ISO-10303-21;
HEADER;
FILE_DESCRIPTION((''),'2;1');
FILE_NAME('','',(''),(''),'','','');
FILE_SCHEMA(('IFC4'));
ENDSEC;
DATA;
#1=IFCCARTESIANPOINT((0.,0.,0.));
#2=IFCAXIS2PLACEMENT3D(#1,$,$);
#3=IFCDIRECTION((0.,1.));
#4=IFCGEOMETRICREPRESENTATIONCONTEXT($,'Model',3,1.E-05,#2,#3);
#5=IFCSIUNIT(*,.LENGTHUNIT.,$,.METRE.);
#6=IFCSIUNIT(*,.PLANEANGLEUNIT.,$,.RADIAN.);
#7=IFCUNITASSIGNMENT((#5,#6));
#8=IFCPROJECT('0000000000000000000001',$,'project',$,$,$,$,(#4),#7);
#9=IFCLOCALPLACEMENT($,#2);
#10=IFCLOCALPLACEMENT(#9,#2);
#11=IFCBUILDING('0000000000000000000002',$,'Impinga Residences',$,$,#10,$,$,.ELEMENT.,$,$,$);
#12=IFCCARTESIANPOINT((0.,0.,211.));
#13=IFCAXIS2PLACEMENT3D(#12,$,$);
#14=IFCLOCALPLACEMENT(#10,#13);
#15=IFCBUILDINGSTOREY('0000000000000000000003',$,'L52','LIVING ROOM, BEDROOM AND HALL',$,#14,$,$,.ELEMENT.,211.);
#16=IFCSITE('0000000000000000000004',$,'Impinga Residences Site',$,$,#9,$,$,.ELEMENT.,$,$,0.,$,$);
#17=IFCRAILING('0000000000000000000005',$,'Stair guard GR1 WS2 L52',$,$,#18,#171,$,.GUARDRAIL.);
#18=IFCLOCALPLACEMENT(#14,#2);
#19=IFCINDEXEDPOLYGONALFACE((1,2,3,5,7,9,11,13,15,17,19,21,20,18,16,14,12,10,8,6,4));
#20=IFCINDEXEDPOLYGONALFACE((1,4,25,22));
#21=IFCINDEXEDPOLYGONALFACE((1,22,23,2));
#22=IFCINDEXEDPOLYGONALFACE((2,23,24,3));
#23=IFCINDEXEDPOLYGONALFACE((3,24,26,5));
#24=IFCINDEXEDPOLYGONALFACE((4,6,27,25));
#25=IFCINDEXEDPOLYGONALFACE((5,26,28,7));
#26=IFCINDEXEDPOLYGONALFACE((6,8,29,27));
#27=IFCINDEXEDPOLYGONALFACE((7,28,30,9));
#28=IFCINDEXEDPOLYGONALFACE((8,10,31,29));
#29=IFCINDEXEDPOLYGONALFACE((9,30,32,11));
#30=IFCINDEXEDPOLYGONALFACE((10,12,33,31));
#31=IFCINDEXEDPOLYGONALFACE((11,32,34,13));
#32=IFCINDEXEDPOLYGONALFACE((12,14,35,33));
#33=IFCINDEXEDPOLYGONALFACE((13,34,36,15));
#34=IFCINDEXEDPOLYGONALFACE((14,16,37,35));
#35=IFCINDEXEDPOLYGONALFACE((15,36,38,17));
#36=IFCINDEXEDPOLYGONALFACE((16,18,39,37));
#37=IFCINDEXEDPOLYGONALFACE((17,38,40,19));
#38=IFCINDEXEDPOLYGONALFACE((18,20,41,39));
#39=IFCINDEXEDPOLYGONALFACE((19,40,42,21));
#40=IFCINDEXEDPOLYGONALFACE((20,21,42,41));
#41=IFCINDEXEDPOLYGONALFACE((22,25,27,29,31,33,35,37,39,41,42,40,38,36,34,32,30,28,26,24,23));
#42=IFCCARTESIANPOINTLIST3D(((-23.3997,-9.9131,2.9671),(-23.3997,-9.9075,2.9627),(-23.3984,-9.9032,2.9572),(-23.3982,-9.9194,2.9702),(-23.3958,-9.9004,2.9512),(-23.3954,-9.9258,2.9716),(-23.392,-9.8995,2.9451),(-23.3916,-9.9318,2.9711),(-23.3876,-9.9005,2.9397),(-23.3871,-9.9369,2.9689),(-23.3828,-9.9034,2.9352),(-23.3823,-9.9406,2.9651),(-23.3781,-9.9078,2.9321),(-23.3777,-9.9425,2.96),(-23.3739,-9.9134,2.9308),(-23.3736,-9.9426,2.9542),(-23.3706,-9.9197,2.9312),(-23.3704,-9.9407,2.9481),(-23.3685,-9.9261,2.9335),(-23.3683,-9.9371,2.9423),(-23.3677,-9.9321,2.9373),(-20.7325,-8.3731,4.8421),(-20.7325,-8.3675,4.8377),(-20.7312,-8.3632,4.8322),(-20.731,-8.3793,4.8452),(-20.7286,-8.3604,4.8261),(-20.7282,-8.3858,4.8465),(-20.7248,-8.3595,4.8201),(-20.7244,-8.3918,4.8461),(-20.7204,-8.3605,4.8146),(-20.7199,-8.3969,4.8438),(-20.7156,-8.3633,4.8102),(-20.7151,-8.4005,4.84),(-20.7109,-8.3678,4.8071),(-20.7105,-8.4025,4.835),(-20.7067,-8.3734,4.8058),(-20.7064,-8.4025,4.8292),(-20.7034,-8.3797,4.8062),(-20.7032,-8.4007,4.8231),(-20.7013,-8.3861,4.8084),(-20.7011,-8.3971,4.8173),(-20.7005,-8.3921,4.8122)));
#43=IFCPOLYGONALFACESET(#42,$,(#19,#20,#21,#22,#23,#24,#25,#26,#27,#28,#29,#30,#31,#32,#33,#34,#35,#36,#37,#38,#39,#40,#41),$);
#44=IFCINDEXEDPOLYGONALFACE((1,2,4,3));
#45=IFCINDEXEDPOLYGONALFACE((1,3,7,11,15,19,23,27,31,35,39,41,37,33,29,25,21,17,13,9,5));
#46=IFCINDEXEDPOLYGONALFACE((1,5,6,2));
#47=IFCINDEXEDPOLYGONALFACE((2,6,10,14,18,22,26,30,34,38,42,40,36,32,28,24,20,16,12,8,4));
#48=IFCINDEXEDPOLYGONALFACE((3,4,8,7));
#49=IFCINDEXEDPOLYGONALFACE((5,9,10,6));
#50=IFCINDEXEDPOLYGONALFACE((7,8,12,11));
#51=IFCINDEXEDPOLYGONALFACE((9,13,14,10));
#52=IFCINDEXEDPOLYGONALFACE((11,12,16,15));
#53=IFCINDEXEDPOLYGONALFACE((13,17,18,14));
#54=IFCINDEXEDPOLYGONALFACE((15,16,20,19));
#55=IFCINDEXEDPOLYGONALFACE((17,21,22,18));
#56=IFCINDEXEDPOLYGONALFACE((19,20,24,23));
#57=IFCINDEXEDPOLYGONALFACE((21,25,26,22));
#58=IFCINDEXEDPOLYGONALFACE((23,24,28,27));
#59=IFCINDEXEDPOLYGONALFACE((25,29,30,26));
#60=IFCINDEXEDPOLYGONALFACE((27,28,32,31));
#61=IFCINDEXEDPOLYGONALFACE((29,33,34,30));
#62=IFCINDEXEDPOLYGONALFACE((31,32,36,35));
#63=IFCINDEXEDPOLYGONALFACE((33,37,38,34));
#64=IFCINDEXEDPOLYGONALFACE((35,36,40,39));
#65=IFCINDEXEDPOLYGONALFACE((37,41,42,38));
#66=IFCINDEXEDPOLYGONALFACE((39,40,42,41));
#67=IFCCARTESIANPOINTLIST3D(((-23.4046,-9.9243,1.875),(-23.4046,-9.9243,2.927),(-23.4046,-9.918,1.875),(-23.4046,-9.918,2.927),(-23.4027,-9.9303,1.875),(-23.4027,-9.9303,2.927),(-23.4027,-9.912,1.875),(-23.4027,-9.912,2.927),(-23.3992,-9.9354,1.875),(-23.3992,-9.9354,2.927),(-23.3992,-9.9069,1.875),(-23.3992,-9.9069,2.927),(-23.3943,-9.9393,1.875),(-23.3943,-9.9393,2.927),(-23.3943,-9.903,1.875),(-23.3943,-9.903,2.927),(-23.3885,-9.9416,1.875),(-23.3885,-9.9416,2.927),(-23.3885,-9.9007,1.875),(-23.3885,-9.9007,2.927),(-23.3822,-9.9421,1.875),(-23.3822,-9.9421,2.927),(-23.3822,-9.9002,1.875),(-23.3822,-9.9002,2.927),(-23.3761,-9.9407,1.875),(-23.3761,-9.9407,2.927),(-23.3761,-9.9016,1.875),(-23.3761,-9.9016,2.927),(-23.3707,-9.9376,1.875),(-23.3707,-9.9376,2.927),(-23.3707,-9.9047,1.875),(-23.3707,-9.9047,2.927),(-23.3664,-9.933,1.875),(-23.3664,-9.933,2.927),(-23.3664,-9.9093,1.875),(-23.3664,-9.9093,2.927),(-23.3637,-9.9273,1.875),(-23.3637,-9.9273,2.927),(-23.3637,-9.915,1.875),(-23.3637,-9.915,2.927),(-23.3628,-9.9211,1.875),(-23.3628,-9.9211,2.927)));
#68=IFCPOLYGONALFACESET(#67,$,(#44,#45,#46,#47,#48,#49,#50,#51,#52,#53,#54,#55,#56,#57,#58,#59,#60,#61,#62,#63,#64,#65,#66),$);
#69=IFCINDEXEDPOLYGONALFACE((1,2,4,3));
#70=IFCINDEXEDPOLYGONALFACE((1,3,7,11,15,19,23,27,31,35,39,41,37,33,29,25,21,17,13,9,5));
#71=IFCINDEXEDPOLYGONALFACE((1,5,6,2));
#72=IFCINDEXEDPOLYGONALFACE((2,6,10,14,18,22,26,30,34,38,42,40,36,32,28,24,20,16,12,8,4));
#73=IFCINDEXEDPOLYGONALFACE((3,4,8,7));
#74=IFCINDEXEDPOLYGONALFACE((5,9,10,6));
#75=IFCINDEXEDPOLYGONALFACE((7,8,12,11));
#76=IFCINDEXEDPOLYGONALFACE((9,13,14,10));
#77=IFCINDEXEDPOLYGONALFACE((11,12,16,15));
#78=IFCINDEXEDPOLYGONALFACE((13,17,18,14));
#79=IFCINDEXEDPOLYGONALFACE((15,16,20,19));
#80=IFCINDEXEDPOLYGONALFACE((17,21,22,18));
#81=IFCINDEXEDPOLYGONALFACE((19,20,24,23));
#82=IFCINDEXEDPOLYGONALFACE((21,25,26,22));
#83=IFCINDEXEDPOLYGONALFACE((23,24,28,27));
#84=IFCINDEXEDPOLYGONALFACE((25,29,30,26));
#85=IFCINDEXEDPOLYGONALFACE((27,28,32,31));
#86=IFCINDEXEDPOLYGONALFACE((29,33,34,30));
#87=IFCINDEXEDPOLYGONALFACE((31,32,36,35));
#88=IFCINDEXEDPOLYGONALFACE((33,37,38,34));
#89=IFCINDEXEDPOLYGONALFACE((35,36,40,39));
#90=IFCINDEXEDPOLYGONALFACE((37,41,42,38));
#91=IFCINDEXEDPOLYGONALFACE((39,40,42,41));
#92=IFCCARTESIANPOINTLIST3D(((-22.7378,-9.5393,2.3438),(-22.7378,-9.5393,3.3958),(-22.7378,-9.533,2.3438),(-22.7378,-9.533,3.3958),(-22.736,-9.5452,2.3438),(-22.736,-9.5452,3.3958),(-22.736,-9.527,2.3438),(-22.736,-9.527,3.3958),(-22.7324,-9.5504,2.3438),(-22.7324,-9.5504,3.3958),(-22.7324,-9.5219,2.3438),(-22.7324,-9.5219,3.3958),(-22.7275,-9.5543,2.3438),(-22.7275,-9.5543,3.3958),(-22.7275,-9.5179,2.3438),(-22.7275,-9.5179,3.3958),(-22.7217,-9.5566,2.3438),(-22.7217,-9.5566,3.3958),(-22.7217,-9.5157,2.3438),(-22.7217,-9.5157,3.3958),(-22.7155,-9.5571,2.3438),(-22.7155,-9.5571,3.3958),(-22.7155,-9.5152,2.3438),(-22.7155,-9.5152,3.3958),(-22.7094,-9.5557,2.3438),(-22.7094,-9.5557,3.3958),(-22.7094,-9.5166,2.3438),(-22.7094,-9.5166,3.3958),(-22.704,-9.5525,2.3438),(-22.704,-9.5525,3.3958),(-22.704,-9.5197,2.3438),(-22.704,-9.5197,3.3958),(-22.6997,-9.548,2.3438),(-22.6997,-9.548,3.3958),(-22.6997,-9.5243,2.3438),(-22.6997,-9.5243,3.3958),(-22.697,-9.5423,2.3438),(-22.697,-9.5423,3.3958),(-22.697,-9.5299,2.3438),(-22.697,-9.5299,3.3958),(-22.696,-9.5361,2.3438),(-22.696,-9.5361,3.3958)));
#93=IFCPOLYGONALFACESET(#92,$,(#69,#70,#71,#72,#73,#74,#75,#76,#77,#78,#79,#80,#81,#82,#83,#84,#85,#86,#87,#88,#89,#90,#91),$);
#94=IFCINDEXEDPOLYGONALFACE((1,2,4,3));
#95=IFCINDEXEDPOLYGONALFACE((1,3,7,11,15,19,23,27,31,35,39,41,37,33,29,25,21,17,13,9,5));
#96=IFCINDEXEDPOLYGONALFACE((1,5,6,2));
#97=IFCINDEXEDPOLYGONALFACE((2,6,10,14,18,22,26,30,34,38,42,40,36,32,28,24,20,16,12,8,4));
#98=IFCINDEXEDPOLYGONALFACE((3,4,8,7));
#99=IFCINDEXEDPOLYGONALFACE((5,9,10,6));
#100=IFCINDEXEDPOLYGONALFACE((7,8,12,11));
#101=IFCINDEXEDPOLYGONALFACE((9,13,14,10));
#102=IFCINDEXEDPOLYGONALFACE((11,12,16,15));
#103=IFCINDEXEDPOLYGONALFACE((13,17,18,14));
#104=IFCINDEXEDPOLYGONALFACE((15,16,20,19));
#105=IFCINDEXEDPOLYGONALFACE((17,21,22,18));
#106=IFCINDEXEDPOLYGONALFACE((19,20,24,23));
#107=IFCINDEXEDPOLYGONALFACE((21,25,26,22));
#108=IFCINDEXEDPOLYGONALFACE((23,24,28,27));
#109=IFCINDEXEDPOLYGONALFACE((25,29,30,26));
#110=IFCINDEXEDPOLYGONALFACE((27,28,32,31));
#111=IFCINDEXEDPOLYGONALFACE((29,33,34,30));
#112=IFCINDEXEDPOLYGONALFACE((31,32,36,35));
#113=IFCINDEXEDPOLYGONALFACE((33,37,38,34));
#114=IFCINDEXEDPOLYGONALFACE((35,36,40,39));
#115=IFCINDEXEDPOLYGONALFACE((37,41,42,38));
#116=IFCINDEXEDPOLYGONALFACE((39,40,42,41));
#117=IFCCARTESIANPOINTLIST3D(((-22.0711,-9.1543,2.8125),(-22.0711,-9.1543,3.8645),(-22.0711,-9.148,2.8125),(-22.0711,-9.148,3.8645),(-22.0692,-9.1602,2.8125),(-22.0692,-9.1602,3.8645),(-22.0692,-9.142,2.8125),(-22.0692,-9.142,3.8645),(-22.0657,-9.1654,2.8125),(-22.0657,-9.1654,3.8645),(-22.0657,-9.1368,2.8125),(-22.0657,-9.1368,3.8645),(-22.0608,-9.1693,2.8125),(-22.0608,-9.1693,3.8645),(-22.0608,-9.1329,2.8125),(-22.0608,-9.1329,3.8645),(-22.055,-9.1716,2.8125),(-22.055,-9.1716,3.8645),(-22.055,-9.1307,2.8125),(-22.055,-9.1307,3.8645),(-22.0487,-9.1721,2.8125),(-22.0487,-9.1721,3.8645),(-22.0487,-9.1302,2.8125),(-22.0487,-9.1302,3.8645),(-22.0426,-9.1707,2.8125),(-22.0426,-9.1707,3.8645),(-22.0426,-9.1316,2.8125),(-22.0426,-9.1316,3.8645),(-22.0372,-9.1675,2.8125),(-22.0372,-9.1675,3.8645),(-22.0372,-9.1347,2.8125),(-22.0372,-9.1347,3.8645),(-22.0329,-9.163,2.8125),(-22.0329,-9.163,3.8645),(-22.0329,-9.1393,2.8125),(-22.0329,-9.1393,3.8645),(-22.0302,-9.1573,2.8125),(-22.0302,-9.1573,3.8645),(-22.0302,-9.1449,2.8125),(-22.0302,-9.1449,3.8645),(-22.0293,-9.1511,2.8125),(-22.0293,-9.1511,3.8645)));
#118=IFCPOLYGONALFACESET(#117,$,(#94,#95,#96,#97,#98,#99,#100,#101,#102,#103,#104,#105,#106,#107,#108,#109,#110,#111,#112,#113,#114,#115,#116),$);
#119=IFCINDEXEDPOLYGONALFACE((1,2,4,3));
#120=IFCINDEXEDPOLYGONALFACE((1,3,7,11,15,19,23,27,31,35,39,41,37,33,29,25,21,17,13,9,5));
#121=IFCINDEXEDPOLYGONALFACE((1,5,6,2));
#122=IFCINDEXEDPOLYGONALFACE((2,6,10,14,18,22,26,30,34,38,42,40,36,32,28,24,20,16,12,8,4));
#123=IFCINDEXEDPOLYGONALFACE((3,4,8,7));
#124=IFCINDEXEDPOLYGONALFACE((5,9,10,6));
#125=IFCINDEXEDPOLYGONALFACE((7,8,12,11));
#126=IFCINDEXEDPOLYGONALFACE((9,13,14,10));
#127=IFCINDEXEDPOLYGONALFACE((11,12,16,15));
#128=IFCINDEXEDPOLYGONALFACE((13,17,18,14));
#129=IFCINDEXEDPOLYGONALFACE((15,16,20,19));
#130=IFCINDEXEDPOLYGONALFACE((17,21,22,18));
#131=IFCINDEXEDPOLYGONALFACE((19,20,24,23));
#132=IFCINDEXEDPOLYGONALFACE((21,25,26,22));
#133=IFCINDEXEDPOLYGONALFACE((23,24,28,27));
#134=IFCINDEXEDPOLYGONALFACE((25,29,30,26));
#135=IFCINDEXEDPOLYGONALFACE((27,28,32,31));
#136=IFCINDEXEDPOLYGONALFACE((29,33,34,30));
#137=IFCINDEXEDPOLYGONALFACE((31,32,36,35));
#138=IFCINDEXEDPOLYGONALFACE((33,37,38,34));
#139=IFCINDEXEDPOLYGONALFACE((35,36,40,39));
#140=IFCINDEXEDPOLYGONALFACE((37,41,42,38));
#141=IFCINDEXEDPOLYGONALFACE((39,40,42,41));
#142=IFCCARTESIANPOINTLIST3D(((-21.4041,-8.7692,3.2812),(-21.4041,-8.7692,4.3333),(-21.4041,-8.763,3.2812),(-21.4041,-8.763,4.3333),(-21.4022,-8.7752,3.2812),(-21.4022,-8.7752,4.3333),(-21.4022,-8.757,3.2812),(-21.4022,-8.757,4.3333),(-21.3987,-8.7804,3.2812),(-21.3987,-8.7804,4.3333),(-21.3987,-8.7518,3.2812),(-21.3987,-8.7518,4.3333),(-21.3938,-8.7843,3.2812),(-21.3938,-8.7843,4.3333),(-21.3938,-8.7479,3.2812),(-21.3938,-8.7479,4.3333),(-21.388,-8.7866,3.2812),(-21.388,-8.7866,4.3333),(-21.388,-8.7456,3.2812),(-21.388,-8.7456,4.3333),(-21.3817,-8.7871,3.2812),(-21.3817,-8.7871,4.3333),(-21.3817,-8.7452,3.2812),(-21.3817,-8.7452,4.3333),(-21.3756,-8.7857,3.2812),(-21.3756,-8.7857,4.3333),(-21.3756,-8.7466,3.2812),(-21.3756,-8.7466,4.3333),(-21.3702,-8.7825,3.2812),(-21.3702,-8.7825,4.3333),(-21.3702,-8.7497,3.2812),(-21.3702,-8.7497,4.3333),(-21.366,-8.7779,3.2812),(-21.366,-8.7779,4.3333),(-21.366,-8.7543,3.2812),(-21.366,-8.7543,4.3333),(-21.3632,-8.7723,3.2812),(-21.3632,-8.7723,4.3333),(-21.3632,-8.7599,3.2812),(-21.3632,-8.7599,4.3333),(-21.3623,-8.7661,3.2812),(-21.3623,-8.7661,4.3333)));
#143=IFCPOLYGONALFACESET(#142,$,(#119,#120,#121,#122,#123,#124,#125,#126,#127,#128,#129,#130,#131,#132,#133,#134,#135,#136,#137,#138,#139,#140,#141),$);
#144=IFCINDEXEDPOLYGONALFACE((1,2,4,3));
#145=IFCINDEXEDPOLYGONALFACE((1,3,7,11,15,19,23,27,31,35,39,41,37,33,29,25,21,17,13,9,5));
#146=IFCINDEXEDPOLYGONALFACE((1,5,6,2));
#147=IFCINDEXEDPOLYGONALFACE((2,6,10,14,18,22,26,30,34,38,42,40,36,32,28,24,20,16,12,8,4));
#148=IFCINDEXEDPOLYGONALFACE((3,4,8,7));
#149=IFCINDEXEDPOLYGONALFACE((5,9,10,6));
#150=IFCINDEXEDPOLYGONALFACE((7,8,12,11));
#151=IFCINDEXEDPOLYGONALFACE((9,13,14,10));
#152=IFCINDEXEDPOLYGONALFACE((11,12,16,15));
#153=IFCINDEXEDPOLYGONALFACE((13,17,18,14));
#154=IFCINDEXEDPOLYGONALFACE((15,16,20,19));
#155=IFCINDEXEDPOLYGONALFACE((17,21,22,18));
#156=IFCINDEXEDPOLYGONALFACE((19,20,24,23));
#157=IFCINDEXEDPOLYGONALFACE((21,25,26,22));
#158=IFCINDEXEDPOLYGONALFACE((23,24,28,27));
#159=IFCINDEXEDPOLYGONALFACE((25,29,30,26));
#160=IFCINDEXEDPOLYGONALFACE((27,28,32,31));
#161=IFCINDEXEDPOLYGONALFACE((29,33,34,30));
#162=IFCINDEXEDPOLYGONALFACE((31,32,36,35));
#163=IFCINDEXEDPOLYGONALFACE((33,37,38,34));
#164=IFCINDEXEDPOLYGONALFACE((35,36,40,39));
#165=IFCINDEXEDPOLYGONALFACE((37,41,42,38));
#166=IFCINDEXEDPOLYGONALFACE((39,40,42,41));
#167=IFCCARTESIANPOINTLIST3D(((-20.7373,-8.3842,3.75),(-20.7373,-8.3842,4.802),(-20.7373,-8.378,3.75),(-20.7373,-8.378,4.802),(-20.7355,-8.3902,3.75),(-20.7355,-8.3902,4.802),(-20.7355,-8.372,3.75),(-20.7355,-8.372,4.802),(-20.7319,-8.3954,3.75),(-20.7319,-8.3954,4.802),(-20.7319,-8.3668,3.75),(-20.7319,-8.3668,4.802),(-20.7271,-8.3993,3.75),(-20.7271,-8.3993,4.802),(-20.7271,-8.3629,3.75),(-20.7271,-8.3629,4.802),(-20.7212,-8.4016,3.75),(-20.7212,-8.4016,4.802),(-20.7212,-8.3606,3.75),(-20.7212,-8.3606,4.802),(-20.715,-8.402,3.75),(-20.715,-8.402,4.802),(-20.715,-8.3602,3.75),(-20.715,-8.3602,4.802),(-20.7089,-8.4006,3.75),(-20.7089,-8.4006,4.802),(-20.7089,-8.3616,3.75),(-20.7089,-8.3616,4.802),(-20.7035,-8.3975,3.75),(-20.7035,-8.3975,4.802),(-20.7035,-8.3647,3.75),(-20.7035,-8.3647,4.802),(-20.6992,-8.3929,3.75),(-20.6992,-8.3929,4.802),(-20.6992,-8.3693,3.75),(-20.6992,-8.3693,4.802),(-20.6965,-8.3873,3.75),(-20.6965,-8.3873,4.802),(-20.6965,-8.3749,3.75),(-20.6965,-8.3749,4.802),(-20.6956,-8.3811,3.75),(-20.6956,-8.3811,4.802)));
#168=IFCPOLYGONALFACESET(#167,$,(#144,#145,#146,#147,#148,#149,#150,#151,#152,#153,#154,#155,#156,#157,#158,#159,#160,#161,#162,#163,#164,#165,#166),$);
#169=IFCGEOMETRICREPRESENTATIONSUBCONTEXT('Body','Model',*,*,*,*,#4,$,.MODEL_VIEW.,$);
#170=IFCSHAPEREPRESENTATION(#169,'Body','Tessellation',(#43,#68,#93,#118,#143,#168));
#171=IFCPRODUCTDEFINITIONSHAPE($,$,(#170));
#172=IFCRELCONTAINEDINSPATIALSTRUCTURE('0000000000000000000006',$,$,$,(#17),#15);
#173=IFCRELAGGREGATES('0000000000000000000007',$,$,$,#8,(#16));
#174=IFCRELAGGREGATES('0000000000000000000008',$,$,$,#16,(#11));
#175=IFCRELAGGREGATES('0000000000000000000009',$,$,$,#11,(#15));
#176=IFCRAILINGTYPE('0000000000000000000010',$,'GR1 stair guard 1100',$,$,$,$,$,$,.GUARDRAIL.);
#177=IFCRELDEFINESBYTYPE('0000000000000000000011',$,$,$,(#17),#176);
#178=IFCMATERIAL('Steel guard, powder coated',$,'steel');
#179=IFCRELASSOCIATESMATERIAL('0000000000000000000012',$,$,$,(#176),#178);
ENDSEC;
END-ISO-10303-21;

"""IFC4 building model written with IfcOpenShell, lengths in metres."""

from ifc_helpers import new_model, si_unit, direction, frame, origin, origin_2d, place, context, subcontext, project, spatial, circle, extrude, material, type_object, element, save


model = new_model("IFC4")

# Units and contexts
model_context = context("Model", 3, precision=1e-05, world=origin(), true_north=direction((0.0, 1.0)))
body_context = subcontext(model_context, "Body", "Model", "MODEL_VIEW")
ifc_project = project(units=[si_unit("LENGTHUNIT", "METRE"), si_unit("PLANEANGLEUNIT", "RADIAN")], contexts=[model_context])

# Site, building, storey
site_placement = place(None, origin())
site = spatial("IfcSite", under=ifc_project, at=site_placement, Name="Impinga Residences Site", CompositionType="ELEMENT", RefElevation=0.0)
building_placement = place(site_placement, origin())
building = spatial("IfcBuilding", under=site, at=building_placement, Name="Impinga Residences", CompositionType="ELEMENT")
storey_placement = place(building_placement, frame((0.0, 0.0, 211.0)))
storey = spatial("IfcBuildingStorey", under=building, at=storey_placement, Name="L52", Description="LIVING ROOM, BEDROOM AND HALL", CompositionType="ELEMENT", Elevation=211.0)

# Railing
ifc_material_1 = material(Name="Steel guard, powder coated", Category="steel")
railing_type_1 = type_object("IfcRailingType", Name="GR1 stair guard 1100", PredefinedType="GUARDRAIL", material=ifc_material_1)
railing_1_placement = place(storey_placement, frame((-23.3838, -9.9211, 1.875)))
element("IfcRailing", 1, at=railing_1_placement, inside=storey, type_object=railing_type_1, Name="Stair guard GR1 WS2 L52", PredefinedType="GUARDRAIL", context=body_context, shape_type="SweptSolid", body=[
    extrude(circle(Radius=0.0239, at=origin_2d()), frame((0.0, 0.0, 1.0762), z_axis=(0.739716, 0.427105, 0.520002), x_axis=(-0.500027, 0.86601, 0.0)), (0.0, 0.0, 1.0), 3.6057),
    extrude(circle(Radius=0.021, at=origin_2d()), origin(), (0.0, 0.0, 1.0), 1.052),
    extrude(circle(Radius=0.021, at=origin_2d()), frame((0.6667, 0.385, 0.4688)), (0.0, 0.0, 1.0), 1.052),
    extrude(circle(Radius=0.021, at=origin_2d()), frame((1.3335, 0.77, 0.9375)), (0.0, 0.0, 1.0), 1.052),
    extrude(circle(Radius=0.021, at=origin_2d()), frame((2.0005, 1.155, 1.4062)), (0.0, 0.0, 1.0), 1.052),
    extrude(circle(Radius=0.021, at=origin_2d()), frame((2.6672, 1.54, 1.875)), (0.0, 0.0, 1.0), 1.052),
])

save(model, "model.ifc")
